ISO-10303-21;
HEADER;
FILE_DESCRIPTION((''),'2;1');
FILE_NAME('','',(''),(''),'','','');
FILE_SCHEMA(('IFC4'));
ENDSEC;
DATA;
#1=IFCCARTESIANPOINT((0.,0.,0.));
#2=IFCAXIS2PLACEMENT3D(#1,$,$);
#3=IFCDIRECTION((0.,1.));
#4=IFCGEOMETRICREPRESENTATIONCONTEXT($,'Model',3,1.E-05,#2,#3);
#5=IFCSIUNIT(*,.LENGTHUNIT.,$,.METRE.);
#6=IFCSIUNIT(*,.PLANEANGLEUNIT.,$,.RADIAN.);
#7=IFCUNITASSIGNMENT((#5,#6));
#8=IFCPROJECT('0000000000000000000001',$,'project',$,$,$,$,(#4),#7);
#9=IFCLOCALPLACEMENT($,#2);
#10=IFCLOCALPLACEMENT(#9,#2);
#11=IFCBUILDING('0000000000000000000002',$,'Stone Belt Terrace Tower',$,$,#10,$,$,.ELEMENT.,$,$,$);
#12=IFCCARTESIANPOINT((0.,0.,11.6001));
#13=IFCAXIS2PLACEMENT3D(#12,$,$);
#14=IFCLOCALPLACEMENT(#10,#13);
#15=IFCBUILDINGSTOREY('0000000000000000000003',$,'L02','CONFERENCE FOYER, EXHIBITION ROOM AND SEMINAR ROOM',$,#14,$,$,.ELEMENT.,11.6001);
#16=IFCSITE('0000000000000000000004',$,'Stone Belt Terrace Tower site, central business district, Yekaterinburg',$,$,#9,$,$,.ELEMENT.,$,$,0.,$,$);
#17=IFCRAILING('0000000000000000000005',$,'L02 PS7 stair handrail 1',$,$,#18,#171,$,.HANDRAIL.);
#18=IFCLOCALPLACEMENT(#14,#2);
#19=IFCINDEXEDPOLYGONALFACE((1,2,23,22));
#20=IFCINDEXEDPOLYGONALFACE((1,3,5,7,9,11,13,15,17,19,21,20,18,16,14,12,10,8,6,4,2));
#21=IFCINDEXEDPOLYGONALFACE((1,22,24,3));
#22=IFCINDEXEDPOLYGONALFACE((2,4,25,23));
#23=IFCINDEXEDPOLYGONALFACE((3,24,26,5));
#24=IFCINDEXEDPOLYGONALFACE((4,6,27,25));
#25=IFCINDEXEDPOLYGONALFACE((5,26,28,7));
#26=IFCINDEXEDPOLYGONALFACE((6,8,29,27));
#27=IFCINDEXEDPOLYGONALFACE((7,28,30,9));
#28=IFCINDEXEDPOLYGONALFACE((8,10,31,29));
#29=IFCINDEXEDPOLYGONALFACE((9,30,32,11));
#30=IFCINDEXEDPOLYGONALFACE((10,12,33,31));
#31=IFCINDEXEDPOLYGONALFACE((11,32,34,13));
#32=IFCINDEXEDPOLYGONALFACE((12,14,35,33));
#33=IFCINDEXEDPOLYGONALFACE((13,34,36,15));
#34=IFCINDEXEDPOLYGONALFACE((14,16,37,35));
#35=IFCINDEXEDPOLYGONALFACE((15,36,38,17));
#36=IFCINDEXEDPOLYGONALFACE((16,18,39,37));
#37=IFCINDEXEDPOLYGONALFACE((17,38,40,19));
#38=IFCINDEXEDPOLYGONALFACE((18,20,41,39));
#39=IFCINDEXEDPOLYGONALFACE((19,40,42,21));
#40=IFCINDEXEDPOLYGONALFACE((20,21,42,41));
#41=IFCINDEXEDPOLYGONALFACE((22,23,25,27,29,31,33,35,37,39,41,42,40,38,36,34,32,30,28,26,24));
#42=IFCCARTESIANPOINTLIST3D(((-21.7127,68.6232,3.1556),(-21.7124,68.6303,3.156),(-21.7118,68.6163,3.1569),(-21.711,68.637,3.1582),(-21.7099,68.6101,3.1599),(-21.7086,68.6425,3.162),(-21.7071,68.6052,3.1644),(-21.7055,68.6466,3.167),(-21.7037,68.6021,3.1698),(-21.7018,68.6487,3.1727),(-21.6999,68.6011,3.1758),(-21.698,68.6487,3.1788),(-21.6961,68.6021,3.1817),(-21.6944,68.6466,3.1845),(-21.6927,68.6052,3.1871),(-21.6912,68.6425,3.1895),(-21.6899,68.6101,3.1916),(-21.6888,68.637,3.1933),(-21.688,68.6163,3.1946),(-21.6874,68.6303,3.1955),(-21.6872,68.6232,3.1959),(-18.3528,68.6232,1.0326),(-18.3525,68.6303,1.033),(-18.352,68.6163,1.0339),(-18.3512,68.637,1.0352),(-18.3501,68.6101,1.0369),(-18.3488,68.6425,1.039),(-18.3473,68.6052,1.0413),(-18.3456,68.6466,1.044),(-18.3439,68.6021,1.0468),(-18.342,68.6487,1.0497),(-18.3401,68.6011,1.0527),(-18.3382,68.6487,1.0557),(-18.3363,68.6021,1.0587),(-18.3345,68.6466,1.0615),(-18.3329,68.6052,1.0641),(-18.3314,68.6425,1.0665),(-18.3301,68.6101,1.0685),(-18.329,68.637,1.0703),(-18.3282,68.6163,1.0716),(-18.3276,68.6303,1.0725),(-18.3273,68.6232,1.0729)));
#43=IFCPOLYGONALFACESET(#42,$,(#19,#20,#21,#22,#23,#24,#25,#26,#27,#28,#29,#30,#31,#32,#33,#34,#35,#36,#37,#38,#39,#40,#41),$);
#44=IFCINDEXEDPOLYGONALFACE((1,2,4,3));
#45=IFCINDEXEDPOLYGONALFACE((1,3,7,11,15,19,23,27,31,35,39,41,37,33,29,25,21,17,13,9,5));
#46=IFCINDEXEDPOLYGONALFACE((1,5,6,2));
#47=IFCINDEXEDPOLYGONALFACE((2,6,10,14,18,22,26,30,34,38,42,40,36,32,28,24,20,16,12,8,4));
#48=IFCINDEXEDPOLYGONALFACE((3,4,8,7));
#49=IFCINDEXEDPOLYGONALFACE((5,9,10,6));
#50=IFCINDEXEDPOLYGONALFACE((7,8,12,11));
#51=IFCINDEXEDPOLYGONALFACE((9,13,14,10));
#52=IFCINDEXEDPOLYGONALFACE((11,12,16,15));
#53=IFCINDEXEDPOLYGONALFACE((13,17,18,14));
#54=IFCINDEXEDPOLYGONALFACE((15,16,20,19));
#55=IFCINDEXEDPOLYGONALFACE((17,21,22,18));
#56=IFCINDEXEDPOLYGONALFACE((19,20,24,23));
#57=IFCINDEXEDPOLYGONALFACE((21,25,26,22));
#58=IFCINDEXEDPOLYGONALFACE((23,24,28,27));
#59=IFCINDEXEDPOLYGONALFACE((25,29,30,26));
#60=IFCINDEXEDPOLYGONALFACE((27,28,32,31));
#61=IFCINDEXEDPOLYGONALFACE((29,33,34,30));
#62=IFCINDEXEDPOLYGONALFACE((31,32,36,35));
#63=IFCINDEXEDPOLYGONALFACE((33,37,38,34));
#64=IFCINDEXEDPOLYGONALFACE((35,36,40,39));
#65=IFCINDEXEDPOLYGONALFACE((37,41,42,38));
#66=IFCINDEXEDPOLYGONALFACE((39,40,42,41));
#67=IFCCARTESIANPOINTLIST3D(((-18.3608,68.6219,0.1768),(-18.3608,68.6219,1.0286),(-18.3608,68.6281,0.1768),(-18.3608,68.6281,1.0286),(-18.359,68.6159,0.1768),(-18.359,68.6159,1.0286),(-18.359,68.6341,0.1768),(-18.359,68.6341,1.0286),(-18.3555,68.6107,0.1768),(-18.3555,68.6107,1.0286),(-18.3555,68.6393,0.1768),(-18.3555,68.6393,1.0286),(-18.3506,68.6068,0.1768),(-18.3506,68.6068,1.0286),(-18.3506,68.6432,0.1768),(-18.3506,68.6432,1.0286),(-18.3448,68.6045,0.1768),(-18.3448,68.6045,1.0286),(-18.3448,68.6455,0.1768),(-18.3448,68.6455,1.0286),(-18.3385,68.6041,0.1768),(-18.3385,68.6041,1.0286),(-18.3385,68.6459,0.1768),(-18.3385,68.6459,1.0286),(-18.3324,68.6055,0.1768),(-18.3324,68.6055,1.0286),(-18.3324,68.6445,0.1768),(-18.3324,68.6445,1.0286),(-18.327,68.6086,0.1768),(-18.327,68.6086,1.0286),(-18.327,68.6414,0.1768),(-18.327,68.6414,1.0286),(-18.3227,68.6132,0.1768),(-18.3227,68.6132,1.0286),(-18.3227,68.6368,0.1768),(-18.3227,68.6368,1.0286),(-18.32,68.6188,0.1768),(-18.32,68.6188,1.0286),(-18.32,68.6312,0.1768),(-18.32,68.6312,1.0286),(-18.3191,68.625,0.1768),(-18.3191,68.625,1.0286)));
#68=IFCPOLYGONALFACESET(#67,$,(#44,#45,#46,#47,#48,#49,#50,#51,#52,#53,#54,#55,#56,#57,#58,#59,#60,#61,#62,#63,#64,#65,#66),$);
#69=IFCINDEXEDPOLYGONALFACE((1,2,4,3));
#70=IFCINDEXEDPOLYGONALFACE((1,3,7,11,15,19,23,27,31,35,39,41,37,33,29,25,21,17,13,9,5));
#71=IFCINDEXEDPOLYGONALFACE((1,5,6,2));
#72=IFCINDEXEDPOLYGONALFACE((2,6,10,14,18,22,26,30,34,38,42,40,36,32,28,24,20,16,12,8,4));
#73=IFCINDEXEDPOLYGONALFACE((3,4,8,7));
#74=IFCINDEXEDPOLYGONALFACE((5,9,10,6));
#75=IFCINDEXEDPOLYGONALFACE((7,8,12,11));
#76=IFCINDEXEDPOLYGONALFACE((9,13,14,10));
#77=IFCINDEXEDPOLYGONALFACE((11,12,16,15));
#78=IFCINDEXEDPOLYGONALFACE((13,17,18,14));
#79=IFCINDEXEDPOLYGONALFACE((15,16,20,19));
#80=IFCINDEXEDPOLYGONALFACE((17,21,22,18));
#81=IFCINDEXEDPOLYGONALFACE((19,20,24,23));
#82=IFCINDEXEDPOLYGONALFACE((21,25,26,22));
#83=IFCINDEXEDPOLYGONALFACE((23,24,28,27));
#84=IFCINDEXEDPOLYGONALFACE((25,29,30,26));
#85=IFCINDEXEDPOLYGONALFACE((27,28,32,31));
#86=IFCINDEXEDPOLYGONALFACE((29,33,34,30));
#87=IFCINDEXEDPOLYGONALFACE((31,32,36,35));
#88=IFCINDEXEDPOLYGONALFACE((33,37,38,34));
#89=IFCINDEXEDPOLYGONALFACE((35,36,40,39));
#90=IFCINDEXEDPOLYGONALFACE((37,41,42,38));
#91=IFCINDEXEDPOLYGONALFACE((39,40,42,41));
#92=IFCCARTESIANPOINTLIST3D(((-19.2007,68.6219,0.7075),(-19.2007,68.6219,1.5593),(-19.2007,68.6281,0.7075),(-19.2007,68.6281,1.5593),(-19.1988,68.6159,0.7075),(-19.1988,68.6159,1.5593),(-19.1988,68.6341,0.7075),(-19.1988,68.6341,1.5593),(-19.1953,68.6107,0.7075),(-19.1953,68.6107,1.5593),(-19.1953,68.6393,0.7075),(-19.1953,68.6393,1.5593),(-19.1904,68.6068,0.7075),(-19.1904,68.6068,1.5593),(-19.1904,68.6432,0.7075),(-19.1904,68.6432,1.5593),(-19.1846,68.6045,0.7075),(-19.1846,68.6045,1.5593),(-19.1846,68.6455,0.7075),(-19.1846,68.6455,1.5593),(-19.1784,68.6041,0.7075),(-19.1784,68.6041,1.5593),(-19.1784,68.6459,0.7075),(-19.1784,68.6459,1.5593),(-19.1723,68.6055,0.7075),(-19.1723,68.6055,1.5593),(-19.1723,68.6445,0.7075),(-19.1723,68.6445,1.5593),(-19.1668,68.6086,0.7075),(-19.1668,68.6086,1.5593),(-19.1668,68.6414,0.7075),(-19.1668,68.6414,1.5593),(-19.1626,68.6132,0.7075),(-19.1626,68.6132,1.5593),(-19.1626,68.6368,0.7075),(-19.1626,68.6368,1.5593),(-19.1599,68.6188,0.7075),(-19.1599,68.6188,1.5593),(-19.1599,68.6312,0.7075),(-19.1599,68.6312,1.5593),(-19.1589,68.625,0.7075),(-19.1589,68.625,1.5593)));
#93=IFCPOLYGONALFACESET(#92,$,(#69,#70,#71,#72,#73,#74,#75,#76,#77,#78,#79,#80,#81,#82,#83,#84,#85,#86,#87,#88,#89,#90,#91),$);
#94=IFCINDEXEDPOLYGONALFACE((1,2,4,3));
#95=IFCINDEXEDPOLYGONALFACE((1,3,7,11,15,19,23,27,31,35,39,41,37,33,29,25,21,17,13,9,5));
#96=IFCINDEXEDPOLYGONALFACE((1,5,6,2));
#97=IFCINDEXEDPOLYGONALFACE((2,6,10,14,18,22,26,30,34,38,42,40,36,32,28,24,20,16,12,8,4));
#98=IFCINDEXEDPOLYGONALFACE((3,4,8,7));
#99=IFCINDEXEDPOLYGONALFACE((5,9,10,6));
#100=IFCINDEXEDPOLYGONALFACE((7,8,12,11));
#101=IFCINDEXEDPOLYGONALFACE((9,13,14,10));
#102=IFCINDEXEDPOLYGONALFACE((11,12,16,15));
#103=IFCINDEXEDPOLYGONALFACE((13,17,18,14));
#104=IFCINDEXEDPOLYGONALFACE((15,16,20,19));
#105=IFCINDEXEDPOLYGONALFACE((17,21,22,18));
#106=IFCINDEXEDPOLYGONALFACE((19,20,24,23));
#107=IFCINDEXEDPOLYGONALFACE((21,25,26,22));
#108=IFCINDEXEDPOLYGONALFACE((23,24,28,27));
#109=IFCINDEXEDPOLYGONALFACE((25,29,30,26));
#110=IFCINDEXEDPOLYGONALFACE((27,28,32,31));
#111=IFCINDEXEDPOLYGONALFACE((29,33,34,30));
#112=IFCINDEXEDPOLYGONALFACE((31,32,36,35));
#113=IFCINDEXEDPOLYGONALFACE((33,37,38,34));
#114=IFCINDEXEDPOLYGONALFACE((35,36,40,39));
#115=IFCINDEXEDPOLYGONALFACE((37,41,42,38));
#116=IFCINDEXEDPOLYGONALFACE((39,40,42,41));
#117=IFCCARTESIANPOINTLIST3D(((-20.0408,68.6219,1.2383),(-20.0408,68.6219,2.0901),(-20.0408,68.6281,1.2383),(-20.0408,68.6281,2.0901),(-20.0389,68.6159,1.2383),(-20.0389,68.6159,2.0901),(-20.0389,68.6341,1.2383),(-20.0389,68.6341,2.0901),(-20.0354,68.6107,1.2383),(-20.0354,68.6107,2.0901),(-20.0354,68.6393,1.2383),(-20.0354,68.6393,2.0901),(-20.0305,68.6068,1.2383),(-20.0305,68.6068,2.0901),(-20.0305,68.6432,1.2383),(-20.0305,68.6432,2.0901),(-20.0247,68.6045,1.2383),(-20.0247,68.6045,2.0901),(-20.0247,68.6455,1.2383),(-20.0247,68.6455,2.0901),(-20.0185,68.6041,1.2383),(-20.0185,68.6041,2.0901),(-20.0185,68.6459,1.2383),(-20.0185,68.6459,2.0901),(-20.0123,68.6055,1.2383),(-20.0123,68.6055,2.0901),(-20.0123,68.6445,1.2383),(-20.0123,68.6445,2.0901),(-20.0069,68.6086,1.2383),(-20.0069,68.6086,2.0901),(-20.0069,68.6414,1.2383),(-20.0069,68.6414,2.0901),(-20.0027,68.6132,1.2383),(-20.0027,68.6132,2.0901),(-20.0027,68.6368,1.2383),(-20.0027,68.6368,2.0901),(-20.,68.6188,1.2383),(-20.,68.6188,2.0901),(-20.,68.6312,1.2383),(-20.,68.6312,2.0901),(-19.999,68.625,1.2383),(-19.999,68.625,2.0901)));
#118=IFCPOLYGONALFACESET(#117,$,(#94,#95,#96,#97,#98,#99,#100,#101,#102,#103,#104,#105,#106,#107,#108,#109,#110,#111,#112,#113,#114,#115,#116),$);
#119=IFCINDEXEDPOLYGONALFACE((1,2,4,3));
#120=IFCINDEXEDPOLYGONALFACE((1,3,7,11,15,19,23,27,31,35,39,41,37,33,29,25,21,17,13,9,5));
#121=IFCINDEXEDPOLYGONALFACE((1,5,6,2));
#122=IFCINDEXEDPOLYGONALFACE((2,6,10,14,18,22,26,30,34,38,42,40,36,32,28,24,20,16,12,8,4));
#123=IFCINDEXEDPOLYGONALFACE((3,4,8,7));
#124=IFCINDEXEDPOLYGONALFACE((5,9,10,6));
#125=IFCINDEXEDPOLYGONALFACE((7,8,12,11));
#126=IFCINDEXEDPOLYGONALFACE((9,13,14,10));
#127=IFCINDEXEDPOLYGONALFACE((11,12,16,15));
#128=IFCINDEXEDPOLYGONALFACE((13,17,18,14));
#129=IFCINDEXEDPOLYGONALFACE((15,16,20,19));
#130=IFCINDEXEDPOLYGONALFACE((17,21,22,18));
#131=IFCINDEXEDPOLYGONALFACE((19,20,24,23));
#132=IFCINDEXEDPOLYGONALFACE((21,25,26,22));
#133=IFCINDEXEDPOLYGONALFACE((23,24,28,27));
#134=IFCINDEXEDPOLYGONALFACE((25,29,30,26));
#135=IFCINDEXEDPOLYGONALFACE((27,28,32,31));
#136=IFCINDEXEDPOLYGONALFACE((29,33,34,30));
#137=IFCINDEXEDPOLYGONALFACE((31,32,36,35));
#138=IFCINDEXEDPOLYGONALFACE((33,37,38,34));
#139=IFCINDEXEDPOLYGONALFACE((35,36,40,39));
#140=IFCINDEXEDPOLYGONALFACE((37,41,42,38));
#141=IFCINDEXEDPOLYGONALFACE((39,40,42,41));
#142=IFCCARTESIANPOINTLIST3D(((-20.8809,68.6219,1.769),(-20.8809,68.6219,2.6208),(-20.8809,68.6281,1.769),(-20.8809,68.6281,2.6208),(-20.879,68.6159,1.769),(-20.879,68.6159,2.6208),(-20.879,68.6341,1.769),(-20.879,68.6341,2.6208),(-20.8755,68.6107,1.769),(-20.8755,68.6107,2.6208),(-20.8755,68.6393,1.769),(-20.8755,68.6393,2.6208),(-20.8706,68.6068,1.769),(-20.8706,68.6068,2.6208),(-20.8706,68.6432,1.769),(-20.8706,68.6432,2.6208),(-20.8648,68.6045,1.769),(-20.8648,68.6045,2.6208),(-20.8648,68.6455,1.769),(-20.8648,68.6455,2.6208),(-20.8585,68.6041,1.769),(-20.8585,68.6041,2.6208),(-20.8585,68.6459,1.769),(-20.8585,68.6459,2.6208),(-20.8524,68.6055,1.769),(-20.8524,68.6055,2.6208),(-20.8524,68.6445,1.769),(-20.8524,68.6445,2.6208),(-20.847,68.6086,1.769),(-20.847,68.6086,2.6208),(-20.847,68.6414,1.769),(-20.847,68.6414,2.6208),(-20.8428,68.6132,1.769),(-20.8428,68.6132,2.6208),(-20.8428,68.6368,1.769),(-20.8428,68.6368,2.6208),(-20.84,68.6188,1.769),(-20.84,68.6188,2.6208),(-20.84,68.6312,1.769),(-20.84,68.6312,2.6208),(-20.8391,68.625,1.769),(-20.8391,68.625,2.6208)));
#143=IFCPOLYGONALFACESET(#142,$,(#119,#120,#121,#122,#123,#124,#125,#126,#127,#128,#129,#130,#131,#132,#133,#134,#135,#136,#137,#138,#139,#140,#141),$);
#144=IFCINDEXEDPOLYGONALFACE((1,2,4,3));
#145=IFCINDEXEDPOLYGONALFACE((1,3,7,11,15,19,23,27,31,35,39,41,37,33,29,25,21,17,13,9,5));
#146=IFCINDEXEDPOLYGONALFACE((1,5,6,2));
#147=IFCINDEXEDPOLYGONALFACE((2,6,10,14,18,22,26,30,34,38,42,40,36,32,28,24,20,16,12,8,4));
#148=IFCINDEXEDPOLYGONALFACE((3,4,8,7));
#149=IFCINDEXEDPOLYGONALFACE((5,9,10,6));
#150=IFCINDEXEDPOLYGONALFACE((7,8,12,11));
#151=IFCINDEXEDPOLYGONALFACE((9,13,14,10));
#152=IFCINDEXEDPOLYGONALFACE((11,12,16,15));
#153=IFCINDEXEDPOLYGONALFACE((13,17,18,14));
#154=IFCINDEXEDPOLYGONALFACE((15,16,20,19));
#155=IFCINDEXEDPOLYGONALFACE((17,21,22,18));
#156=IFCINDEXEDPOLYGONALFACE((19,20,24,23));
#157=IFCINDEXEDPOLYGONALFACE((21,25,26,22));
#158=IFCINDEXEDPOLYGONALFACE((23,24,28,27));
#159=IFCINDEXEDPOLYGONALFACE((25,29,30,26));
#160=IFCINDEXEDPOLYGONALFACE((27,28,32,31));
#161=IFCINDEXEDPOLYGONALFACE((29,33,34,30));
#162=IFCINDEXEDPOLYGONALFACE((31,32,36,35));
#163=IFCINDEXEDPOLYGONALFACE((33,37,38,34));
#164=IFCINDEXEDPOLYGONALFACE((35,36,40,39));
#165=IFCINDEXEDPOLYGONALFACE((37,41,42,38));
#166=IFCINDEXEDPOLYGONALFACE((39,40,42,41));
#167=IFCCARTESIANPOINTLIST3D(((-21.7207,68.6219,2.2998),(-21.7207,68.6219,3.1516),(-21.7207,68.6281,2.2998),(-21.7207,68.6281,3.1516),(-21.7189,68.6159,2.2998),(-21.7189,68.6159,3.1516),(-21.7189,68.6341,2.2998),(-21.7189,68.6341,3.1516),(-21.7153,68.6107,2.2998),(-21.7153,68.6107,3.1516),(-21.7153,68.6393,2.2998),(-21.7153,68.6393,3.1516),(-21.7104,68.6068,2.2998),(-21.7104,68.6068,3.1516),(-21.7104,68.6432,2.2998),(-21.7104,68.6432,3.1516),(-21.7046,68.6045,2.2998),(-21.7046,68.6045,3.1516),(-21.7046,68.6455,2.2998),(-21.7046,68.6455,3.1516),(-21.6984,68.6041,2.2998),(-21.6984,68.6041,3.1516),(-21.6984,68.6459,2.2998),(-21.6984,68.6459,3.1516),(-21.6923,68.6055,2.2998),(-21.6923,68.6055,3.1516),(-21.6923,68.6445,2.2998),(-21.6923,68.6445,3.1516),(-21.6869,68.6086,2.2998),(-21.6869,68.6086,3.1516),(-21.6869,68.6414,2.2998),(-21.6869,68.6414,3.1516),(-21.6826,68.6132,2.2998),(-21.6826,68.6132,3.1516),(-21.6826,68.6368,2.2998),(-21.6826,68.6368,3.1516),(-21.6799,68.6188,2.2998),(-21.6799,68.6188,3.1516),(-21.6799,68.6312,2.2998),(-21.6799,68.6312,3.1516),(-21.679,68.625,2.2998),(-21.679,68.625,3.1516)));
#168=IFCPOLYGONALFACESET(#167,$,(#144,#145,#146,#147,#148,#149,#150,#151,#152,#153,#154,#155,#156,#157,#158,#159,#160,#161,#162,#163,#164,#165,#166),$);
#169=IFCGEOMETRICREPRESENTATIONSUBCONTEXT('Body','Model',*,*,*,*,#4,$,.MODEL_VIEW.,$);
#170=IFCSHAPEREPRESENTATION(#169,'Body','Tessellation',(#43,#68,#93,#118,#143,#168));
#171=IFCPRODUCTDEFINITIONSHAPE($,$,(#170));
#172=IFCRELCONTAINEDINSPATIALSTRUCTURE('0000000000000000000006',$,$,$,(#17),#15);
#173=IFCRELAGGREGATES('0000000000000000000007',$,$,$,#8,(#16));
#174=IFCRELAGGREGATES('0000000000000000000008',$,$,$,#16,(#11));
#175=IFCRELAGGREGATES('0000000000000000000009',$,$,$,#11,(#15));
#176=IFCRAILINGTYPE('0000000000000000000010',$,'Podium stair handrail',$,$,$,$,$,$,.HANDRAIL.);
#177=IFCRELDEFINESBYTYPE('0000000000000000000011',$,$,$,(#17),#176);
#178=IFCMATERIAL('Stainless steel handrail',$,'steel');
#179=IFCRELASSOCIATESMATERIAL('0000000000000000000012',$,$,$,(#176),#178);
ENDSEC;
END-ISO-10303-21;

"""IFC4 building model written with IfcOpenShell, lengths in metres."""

from ifc_helpers import new_model, si_unit, direction, frame, origin, origin_2d, place, context, subcontext, project, spatial, circle, extrude, material, type_object, element, save


model = new_model("IFC4")

# Units and contexts
model_context = context("Model", 3, precision=1e-05, world=origin(), true_north=direction((0.0, 1.0)))
body_context = subcontext(model_context, "Body", "Model", "MODEL_VIEW")
ifc_project = project(units=[si_unit("LENGTHUNIT", "METRE"), si_unit("PLANEANGLEUNIT", "RADIAN")], contexts=[model_context])

# Site, building, storey
site_placement = place(None, origin())
site = spatial("IfcSite", under=ifc_project, at=site_placement, Name="Stone Belt Terrace Tower site, central business district, Yekaterinburg", CompositionType="ELEMENT", RefElevation=0.0)
building_placement = place(site_placement, origin())
building = spatial("IfcBuilding", under=site, at=building_placement, Name="Stone Belt Terrace Tower", CompositionType="ELEMENT")
storey_placement = place(building_placement, frame((0.0, 0.0, 11.6001)))
storey = spatial("IfcBuildingStorey", under=building, at=storey_placement, Name="L02", Description="CONFERENCE FOYER, EXHIBITION ROOM AND SEMINAR ROOM", CompositionType="ELEMENT", Elevation=11.6001)

# Railing
ifc_material_1 = material(Name="Stainless steel handrail", Category="steel")
railing_type_1 = type_object("IfcRailingType", Name="Podium stair handrail", PredefinedType="HANDRAIL", material=ifc_material_1)
railing_1_placement = place(storey_placement, frame((-18.3401, 68.625, 0.1768)))
element("IfcRailing", 1, at=railing_1_placement, inside=storey, type_object=railing_type_1, Name="L02 PS7 stair handrail 1", PredefinedType="HANDRAIL", context=body_context, shape_type="SweptSolid", body=[
    extrude(circle(Radius=0.0239, at=origin_2d()), frame((0.0, 0.0, 0.876), z_axis=(-0.845372, 0.0, 0.534178), x_axis=(0.0, -1.0, 0.0)), (0.0, 0.0, 1.0), 3.9744),
    extrude(circle(Radius=0.021, at=origin_2d()), origin(), (0.0, 0.0, 1.0), 0.8518),
    extrude(circle(Radius=0.021, at=origin_2d()), frame((-0.8398, 0.0, 0.5308)), (0.0, 0.0, 1.0), 0.8518),
    extrude(circle(Radius=0.021, at=origin_2d()), frame((-1.6799, 0.0, 1.0615)), (0.0, 0.0, 1.0), 0.8518),
    extrude(circle(Radius=0.021, at=origin_2d()), frame((-2.52, 0.0, 1.5923)), (0.0, 0.0, 1.0), 0.8518),
    extrude(circle(Radius=0.021, at=origin_2d()), frame((-3.3599, 0.0, 2.123)), (0.0, 0.0, 1.0), 0.8518),
])

save(model, "model.ifc")
